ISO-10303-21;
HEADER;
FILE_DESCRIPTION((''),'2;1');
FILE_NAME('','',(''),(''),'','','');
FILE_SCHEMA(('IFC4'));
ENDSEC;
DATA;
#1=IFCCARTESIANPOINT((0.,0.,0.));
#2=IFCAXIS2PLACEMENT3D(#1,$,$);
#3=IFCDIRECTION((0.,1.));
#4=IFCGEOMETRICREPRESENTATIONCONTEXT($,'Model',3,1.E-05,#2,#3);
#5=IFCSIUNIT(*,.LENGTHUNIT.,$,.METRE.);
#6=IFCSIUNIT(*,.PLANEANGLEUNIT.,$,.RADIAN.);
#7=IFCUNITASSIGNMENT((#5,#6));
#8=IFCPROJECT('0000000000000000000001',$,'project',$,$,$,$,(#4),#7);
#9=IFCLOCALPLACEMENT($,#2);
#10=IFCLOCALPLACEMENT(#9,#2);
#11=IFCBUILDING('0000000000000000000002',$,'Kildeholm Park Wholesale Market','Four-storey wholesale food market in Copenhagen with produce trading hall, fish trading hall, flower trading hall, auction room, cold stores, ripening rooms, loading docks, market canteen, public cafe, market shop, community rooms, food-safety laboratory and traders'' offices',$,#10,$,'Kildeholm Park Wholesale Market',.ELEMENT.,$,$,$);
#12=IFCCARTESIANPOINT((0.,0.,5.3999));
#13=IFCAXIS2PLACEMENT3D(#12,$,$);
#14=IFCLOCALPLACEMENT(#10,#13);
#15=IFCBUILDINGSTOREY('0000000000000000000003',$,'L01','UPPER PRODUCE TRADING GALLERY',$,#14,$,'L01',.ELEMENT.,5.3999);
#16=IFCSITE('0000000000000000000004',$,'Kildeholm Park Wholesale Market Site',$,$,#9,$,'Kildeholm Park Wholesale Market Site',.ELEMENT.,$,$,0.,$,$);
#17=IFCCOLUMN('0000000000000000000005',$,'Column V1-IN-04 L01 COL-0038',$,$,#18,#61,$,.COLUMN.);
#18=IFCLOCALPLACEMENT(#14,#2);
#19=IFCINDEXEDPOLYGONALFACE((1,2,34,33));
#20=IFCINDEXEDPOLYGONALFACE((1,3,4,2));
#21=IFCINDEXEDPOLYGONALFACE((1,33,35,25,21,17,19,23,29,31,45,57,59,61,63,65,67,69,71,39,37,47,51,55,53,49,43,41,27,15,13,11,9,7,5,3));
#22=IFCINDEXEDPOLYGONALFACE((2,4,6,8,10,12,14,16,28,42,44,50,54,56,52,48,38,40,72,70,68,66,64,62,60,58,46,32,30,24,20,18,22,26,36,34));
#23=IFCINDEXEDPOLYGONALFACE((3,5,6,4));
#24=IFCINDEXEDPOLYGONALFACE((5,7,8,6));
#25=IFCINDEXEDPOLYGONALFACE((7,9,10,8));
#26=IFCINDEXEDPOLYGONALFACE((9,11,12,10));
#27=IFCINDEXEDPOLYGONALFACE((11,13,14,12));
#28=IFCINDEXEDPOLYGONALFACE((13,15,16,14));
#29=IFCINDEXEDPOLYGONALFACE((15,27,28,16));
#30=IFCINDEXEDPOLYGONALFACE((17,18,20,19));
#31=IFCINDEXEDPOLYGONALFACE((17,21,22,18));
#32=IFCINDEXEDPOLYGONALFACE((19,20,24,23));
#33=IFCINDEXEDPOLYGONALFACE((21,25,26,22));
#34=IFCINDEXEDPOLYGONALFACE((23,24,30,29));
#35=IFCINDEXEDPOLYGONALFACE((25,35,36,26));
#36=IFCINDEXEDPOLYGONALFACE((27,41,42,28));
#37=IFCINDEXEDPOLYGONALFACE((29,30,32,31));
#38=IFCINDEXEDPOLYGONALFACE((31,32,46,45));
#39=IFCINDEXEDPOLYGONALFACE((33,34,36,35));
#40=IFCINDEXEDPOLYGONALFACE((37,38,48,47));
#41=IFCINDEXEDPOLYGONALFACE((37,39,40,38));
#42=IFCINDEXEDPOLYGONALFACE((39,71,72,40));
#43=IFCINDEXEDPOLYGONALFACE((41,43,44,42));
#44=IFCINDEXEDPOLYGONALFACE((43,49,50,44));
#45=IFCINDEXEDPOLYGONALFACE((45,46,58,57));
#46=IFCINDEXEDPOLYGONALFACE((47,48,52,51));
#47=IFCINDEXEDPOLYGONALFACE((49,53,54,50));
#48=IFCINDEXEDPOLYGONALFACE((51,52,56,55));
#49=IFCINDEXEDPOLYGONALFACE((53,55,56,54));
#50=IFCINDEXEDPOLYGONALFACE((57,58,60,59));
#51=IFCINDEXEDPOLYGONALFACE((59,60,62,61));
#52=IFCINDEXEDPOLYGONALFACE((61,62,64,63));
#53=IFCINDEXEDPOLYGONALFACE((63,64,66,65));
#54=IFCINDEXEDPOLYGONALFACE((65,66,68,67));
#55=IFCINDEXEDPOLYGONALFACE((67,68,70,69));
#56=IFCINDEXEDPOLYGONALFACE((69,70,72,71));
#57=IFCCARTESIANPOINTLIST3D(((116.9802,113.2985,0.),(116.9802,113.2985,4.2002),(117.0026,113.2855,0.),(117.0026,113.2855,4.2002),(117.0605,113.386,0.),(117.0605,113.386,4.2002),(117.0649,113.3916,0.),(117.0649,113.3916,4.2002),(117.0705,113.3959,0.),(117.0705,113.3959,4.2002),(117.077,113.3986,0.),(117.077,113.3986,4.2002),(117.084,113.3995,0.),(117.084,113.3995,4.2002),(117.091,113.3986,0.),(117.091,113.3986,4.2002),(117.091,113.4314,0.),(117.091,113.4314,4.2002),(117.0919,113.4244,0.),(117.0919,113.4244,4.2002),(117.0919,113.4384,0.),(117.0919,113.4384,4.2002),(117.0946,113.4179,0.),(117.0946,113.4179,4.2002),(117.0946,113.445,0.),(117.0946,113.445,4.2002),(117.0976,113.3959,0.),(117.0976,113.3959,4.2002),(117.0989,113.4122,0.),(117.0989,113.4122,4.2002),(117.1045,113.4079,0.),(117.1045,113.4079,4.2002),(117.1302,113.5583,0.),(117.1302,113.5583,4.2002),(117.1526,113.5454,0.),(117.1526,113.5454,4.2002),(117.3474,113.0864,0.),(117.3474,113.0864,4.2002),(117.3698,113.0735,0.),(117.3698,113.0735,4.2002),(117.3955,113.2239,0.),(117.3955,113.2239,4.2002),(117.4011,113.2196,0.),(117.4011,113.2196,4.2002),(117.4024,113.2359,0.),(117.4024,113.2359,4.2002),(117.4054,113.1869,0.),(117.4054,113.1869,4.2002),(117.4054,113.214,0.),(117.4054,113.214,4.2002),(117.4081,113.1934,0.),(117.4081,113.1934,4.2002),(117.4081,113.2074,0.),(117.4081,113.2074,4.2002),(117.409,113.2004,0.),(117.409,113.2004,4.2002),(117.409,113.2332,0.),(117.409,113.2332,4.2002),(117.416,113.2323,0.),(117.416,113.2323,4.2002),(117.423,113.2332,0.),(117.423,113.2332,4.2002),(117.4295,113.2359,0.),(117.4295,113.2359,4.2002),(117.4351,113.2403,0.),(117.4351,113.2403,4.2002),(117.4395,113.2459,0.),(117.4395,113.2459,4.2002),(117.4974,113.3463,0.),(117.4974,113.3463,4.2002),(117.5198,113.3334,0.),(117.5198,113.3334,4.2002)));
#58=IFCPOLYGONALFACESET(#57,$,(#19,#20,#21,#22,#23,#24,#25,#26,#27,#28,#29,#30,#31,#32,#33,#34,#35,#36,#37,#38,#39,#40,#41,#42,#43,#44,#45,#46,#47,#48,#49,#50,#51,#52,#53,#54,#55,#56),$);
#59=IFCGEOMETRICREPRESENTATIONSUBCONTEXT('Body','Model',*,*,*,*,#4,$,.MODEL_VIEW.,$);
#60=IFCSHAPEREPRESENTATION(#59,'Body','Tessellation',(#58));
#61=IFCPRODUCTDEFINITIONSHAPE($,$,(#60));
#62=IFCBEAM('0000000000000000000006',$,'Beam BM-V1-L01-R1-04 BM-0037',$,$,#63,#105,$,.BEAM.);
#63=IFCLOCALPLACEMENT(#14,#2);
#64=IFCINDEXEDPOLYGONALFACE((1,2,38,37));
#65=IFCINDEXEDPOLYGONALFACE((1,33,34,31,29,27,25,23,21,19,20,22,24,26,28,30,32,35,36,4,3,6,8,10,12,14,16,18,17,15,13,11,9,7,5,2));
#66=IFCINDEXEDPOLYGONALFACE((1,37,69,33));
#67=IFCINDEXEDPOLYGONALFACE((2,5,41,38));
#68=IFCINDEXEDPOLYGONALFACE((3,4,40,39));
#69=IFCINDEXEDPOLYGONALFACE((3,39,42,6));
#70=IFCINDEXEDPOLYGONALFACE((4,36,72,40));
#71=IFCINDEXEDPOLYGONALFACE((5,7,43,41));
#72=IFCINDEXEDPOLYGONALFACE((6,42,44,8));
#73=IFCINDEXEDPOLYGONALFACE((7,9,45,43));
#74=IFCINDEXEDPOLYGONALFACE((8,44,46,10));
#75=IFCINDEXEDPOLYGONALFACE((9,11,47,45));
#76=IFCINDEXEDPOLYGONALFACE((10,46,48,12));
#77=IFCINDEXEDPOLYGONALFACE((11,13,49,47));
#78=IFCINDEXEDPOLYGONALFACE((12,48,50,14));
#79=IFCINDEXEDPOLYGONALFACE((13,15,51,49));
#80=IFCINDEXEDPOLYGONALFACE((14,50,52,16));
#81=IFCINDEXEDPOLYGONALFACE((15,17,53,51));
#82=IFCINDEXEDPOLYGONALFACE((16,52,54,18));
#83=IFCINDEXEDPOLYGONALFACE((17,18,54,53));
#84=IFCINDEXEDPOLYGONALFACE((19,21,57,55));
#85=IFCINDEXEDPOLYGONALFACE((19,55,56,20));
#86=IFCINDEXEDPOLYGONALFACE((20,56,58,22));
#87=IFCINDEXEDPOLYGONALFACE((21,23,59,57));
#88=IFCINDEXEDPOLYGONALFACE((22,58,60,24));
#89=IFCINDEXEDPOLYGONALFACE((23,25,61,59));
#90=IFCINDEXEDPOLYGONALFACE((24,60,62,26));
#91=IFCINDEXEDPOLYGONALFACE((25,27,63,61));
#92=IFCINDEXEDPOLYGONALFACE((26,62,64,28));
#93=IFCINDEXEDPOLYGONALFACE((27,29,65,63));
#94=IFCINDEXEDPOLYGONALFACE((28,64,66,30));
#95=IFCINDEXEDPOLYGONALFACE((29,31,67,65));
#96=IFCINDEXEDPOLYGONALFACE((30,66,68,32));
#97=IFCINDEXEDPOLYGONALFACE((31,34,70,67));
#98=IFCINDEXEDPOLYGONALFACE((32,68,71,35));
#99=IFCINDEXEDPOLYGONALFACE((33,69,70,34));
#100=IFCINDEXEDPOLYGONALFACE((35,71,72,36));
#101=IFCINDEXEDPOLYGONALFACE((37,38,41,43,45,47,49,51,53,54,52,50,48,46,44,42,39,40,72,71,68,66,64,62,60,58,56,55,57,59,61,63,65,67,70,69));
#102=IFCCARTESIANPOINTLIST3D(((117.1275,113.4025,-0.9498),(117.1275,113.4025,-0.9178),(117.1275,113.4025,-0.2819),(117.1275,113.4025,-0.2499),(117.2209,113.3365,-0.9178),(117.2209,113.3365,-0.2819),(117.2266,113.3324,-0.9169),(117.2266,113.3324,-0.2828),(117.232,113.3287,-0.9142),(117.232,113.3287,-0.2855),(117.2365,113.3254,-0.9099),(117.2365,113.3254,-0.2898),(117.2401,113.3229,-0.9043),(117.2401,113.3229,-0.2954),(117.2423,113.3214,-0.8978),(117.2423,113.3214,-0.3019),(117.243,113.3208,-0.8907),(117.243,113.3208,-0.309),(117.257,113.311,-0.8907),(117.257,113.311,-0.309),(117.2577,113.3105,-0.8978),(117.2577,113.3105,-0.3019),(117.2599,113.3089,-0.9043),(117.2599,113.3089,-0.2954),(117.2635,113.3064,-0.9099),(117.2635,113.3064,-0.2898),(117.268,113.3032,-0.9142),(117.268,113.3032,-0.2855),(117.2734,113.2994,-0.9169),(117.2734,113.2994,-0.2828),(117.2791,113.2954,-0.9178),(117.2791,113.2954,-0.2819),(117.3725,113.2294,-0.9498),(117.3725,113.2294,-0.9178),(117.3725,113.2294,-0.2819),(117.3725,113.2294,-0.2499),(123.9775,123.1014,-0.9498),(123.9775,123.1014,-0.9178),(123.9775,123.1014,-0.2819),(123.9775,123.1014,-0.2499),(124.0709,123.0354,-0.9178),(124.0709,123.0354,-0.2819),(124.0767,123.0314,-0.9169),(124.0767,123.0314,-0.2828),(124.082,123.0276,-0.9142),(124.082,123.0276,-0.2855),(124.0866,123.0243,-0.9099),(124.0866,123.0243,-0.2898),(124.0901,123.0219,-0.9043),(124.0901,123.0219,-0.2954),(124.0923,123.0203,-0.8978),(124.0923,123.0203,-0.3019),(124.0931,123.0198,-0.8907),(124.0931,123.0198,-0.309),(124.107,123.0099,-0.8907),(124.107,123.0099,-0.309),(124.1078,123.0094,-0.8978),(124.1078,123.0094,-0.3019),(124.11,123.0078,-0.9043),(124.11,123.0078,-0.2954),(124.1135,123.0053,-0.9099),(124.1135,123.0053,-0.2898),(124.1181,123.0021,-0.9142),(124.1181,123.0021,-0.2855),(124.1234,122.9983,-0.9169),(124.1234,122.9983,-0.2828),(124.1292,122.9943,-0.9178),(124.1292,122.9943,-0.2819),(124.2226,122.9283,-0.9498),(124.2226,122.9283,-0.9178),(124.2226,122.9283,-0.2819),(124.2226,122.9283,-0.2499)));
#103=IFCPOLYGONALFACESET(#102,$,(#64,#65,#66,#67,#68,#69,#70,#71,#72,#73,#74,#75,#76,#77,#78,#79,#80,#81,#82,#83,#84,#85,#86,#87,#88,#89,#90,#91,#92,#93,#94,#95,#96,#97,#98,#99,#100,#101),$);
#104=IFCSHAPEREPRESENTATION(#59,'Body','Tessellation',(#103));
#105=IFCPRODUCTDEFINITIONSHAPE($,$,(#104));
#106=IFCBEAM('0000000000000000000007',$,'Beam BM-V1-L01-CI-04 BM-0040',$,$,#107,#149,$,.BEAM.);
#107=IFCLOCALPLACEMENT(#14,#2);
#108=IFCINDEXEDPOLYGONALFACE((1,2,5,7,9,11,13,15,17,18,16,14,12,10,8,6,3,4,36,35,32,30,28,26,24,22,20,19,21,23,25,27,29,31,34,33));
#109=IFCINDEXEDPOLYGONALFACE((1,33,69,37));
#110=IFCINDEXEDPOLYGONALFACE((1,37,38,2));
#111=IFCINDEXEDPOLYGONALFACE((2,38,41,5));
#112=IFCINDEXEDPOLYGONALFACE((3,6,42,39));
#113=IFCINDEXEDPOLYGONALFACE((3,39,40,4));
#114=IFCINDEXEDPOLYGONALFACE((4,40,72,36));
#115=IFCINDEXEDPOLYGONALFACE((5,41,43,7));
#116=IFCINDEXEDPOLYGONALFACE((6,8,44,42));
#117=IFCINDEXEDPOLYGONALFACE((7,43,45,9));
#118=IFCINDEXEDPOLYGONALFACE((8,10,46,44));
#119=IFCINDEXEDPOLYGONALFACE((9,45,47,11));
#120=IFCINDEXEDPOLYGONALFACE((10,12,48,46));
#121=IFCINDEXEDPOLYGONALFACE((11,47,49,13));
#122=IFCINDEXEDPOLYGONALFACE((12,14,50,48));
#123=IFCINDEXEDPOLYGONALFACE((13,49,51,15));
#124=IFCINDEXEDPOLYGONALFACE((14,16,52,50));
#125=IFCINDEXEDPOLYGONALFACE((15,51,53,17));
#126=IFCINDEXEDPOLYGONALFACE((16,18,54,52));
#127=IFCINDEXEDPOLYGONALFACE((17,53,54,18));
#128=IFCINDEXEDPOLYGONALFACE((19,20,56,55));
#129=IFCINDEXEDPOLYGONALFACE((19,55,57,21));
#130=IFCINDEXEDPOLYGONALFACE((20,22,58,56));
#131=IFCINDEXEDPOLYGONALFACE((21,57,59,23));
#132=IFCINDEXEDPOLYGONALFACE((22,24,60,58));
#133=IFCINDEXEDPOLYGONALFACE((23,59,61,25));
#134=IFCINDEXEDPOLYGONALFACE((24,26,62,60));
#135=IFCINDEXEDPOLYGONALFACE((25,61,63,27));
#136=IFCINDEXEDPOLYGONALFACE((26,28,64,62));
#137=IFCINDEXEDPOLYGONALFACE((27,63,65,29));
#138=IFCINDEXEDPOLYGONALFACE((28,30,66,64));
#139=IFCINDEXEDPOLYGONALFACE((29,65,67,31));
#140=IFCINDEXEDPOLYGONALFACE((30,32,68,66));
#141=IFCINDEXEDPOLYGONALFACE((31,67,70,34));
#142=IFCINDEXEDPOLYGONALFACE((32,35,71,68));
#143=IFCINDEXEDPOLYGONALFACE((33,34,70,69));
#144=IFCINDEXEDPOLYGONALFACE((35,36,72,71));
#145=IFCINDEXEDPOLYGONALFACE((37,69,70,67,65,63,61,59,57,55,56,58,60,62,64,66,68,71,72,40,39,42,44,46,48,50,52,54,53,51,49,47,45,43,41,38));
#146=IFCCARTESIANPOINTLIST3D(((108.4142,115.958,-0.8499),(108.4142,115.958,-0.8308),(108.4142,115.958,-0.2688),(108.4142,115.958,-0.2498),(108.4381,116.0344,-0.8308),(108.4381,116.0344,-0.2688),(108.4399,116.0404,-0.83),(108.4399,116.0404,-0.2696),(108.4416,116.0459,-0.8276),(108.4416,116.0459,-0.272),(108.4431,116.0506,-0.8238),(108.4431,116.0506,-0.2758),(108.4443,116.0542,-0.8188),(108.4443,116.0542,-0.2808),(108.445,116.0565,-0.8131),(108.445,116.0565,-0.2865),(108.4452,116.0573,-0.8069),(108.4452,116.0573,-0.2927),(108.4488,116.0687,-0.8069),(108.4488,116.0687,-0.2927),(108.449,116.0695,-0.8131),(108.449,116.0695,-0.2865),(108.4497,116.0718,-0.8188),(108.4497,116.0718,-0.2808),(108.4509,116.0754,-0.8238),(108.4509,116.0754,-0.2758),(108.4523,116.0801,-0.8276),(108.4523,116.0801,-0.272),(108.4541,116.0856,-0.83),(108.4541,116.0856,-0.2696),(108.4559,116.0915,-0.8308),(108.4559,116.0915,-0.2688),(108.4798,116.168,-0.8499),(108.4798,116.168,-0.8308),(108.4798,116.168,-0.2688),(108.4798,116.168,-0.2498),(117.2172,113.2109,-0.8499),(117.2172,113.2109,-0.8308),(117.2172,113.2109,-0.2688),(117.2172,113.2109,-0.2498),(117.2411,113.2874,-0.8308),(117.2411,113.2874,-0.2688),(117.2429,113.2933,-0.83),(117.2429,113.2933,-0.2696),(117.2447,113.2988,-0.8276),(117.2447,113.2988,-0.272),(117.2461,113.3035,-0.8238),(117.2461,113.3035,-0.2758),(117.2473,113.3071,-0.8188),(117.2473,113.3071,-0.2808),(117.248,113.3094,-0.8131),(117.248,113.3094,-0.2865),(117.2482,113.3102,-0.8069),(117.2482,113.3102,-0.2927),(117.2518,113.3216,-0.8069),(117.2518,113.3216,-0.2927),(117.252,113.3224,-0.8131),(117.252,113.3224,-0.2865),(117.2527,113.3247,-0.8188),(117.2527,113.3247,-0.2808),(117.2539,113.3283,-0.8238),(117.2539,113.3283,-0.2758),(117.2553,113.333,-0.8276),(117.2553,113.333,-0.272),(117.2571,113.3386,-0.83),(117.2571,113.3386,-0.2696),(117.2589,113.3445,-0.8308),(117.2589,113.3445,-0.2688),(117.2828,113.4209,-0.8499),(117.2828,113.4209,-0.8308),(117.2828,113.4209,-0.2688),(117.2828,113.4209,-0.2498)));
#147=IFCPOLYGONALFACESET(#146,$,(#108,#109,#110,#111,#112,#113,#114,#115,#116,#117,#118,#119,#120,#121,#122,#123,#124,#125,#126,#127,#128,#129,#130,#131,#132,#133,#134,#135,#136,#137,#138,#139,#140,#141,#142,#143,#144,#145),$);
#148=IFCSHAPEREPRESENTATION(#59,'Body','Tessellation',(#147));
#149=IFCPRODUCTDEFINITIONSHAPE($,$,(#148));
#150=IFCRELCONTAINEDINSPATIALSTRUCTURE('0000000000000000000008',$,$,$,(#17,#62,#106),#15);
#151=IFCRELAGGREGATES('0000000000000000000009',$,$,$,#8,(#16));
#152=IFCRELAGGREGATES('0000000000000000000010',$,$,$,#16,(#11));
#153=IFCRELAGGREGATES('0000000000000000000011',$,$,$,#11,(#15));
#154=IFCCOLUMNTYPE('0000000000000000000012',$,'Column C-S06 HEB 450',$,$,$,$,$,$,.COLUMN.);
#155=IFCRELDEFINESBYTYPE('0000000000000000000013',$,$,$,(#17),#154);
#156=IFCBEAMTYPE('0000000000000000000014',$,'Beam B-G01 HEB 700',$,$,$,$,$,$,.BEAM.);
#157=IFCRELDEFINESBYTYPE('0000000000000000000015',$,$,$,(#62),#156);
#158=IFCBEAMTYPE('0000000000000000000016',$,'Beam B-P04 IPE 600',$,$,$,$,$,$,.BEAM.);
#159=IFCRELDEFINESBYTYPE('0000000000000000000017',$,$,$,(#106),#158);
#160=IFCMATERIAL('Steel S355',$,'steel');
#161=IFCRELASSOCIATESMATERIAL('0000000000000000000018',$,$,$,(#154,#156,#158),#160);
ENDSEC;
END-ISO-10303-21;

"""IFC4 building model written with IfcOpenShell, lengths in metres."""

from ifc_helpers import new_model, si_unit, direction, frame, origin, origin_2d, place, context, subcontext, project, spatial, i_section, extrude, material, material_profile, profile_set, type_object, element, save


model = new_model("IFC4")

# Units and contexts
model_context = context("Model", 3, precision=1e-05, world=origin(), true_north=direction((0.0, 1.0)))
body_context = subcontext(model_context, "Body", "Model", "MODEL_VIEW")
ifc_project = project(units=[si_unit("LENGTHUNIT", "METRE"), si_unit("PLANEANGLEUNIT", "RADIAN")], contexts=[model_context])

# Site, building, storey
site_placement = place(None, origin())
site = spatial("IfcSite", under=ifc_project, at=site_placement, Name="Kildeholm Park Wholesale Market Site", LongName="Kildeholm Park Wholesale Market Site", CompositionType="ELEMENT", RefElevation=0.0)
building_placement = place(site_placement, origin())
building = spatial("IfcBuilding", under=site, at=building_placement, Name="Kildeholm Park Wholesale Market", Description="Four-storey wholesale food market in Copenhagen with produce trading hall, fish trading hall, flower trading hall, auction room, cold stores, ripening rooms, loading docks, market canteen, public cafe, market shop, community rooms, food-safety laboratory and traders' offices", LongName="Kildeholm Park Wholesale Market", CompositionType="ELEMENT")
storey_placement = place(building_placement, frame((0.0, 0.0, 5.3999)))
storey = spatial("IfcBuildingStorey", under=building, at=storey_placement, Name="L01", Description="UPPER PRODUCE TRADING GALLERY", LongName="L01", CompositionType="ELEMENT", Elevation=5.3999)

# Column
ifc_material_1 = material(Name="Steel S355", Category="steel")
ifc_material_profile_1 = material_profile(ifc_material_1, i_section(OverallWidth=0.3, OverallDepth=0.45, WebThickness=0.0139, FlangeThickness=0.0259, FilletRadius=0.0271, at=origin_2d()), Name="HEB 450")
ifc_profile_set_1 = profile_set([ifc_material_profile_1], Name="Steel S355")
column_type = type_object("IfcColumnType", Name="Column C-S06 HEB 450", PredefinedType="COLUMN", material=ifc_profile_set_1)
column_placement = place(storey_placement, frame((117.25, 113.3159, 0.0), z_axis=(0.0, 0.0, 1.0), x_axis=(0.5, 0.866025, 0.0)))
element("IfcColumn", 1, at=column_placement, inside=storey, type_object=column_type, Name="Column V1-IN-04 L01 COL-0038", PredefinedType="COLUMN", context=body_context, shape_type="SweptSolid", body=[
    extrude(i_section(OverallWidth=0.3, OverallDepth=0.45, WebThickness=0.0139, FlangeThickness=0.0259, FilletRadius=0.0271, at=origin_2d()), origin(), (0.0, 0.0, 1.0), 4.2002),
])

# Beams
ifc_material_profile_2 = material_profile(ifc_material_1, i_section(OverallWidth=0.3, OverallDepth=0.7, WebThickness=0.0171, FlangeThickness=0.032, FilletRadius=0.0271, at=origin_2d()), Name="HEB 700")
ifc_profile_set_2 = profile_set([ifc_material_profile_2], Name="Steel S355")
beam_type_1 = type_object("IfcBeamType", Name="Beam B-G01 HEB 700", PredefinedType="BEAM", material=ifc_profile_set_2)
beam_1_placement = place(storey_placement, frame((117.25, 113.3159, -0.5999), z_axis=(0.576895, 0.816819, 0.0), x_axis=(-0.816819, 0.576895, 0.0)))
element("IfcBeam", 2, at=beam_1_placement, inside=storey, type_object=beam_type_1, Name="Beam BM-V1-L01-R1-04 BM-0037", PredefinedType="BEAM", context=body_context, shape_type="SweptSolid", body=[
    extrude(i_section(OverallWidth=0.3, OverallDepth=0.7, WebThickness=0.0171, FlangeThickness=0.032, FilletRadius=0.0271, at=origin_2d()), origin(), (0.0, 0.0, 1.0), 11.874),
])
ifc_material_profile_3 = material_profile(ifc_material_1, i_section(OverallWidth=0.22, OverallDepth=0.6001, WebThickness=0.012, FlangeThickness=0.019, FilletRadius=0.0239, at=origin_2d()), Name="IPE 600")
ifc_profile_set_3 = profile_set([ifc_material_profile_3], Name="Steel S355")
beam_type_2 = type_object("IfcBeamType", Name="Beam B-P04 IPE 600", PredefinedType="BEAM", material=ifc_profile_set_3)
beam_2_placement = place(storey_placement, frame((117.25, 113.3159, -0.5498), z_axis=(-0.954599, 0.297894, 0.0), x_axis=(-0.297894, -0.954599, 0.0)))
element("IfcBeam", 3, at=beam_2_placement, inside=storey, type_object=beam_type_2, Name="Beam BM-V1-L01-CI-04 BM-0040", PredefinedType="BEAM", context=body_context, shape_type="SweptSolid", body=[
    extrude(i_section(OverallWidth=0.22, OverallDepth=0.6001, WebThickness=0.012, FlangeThickness=0.019, FilletRadius=0.0239, at=origin_2d()), origin(), (0.0, 0.0, 1.0), 9.2217),
])

save(model, "model.ifc")
